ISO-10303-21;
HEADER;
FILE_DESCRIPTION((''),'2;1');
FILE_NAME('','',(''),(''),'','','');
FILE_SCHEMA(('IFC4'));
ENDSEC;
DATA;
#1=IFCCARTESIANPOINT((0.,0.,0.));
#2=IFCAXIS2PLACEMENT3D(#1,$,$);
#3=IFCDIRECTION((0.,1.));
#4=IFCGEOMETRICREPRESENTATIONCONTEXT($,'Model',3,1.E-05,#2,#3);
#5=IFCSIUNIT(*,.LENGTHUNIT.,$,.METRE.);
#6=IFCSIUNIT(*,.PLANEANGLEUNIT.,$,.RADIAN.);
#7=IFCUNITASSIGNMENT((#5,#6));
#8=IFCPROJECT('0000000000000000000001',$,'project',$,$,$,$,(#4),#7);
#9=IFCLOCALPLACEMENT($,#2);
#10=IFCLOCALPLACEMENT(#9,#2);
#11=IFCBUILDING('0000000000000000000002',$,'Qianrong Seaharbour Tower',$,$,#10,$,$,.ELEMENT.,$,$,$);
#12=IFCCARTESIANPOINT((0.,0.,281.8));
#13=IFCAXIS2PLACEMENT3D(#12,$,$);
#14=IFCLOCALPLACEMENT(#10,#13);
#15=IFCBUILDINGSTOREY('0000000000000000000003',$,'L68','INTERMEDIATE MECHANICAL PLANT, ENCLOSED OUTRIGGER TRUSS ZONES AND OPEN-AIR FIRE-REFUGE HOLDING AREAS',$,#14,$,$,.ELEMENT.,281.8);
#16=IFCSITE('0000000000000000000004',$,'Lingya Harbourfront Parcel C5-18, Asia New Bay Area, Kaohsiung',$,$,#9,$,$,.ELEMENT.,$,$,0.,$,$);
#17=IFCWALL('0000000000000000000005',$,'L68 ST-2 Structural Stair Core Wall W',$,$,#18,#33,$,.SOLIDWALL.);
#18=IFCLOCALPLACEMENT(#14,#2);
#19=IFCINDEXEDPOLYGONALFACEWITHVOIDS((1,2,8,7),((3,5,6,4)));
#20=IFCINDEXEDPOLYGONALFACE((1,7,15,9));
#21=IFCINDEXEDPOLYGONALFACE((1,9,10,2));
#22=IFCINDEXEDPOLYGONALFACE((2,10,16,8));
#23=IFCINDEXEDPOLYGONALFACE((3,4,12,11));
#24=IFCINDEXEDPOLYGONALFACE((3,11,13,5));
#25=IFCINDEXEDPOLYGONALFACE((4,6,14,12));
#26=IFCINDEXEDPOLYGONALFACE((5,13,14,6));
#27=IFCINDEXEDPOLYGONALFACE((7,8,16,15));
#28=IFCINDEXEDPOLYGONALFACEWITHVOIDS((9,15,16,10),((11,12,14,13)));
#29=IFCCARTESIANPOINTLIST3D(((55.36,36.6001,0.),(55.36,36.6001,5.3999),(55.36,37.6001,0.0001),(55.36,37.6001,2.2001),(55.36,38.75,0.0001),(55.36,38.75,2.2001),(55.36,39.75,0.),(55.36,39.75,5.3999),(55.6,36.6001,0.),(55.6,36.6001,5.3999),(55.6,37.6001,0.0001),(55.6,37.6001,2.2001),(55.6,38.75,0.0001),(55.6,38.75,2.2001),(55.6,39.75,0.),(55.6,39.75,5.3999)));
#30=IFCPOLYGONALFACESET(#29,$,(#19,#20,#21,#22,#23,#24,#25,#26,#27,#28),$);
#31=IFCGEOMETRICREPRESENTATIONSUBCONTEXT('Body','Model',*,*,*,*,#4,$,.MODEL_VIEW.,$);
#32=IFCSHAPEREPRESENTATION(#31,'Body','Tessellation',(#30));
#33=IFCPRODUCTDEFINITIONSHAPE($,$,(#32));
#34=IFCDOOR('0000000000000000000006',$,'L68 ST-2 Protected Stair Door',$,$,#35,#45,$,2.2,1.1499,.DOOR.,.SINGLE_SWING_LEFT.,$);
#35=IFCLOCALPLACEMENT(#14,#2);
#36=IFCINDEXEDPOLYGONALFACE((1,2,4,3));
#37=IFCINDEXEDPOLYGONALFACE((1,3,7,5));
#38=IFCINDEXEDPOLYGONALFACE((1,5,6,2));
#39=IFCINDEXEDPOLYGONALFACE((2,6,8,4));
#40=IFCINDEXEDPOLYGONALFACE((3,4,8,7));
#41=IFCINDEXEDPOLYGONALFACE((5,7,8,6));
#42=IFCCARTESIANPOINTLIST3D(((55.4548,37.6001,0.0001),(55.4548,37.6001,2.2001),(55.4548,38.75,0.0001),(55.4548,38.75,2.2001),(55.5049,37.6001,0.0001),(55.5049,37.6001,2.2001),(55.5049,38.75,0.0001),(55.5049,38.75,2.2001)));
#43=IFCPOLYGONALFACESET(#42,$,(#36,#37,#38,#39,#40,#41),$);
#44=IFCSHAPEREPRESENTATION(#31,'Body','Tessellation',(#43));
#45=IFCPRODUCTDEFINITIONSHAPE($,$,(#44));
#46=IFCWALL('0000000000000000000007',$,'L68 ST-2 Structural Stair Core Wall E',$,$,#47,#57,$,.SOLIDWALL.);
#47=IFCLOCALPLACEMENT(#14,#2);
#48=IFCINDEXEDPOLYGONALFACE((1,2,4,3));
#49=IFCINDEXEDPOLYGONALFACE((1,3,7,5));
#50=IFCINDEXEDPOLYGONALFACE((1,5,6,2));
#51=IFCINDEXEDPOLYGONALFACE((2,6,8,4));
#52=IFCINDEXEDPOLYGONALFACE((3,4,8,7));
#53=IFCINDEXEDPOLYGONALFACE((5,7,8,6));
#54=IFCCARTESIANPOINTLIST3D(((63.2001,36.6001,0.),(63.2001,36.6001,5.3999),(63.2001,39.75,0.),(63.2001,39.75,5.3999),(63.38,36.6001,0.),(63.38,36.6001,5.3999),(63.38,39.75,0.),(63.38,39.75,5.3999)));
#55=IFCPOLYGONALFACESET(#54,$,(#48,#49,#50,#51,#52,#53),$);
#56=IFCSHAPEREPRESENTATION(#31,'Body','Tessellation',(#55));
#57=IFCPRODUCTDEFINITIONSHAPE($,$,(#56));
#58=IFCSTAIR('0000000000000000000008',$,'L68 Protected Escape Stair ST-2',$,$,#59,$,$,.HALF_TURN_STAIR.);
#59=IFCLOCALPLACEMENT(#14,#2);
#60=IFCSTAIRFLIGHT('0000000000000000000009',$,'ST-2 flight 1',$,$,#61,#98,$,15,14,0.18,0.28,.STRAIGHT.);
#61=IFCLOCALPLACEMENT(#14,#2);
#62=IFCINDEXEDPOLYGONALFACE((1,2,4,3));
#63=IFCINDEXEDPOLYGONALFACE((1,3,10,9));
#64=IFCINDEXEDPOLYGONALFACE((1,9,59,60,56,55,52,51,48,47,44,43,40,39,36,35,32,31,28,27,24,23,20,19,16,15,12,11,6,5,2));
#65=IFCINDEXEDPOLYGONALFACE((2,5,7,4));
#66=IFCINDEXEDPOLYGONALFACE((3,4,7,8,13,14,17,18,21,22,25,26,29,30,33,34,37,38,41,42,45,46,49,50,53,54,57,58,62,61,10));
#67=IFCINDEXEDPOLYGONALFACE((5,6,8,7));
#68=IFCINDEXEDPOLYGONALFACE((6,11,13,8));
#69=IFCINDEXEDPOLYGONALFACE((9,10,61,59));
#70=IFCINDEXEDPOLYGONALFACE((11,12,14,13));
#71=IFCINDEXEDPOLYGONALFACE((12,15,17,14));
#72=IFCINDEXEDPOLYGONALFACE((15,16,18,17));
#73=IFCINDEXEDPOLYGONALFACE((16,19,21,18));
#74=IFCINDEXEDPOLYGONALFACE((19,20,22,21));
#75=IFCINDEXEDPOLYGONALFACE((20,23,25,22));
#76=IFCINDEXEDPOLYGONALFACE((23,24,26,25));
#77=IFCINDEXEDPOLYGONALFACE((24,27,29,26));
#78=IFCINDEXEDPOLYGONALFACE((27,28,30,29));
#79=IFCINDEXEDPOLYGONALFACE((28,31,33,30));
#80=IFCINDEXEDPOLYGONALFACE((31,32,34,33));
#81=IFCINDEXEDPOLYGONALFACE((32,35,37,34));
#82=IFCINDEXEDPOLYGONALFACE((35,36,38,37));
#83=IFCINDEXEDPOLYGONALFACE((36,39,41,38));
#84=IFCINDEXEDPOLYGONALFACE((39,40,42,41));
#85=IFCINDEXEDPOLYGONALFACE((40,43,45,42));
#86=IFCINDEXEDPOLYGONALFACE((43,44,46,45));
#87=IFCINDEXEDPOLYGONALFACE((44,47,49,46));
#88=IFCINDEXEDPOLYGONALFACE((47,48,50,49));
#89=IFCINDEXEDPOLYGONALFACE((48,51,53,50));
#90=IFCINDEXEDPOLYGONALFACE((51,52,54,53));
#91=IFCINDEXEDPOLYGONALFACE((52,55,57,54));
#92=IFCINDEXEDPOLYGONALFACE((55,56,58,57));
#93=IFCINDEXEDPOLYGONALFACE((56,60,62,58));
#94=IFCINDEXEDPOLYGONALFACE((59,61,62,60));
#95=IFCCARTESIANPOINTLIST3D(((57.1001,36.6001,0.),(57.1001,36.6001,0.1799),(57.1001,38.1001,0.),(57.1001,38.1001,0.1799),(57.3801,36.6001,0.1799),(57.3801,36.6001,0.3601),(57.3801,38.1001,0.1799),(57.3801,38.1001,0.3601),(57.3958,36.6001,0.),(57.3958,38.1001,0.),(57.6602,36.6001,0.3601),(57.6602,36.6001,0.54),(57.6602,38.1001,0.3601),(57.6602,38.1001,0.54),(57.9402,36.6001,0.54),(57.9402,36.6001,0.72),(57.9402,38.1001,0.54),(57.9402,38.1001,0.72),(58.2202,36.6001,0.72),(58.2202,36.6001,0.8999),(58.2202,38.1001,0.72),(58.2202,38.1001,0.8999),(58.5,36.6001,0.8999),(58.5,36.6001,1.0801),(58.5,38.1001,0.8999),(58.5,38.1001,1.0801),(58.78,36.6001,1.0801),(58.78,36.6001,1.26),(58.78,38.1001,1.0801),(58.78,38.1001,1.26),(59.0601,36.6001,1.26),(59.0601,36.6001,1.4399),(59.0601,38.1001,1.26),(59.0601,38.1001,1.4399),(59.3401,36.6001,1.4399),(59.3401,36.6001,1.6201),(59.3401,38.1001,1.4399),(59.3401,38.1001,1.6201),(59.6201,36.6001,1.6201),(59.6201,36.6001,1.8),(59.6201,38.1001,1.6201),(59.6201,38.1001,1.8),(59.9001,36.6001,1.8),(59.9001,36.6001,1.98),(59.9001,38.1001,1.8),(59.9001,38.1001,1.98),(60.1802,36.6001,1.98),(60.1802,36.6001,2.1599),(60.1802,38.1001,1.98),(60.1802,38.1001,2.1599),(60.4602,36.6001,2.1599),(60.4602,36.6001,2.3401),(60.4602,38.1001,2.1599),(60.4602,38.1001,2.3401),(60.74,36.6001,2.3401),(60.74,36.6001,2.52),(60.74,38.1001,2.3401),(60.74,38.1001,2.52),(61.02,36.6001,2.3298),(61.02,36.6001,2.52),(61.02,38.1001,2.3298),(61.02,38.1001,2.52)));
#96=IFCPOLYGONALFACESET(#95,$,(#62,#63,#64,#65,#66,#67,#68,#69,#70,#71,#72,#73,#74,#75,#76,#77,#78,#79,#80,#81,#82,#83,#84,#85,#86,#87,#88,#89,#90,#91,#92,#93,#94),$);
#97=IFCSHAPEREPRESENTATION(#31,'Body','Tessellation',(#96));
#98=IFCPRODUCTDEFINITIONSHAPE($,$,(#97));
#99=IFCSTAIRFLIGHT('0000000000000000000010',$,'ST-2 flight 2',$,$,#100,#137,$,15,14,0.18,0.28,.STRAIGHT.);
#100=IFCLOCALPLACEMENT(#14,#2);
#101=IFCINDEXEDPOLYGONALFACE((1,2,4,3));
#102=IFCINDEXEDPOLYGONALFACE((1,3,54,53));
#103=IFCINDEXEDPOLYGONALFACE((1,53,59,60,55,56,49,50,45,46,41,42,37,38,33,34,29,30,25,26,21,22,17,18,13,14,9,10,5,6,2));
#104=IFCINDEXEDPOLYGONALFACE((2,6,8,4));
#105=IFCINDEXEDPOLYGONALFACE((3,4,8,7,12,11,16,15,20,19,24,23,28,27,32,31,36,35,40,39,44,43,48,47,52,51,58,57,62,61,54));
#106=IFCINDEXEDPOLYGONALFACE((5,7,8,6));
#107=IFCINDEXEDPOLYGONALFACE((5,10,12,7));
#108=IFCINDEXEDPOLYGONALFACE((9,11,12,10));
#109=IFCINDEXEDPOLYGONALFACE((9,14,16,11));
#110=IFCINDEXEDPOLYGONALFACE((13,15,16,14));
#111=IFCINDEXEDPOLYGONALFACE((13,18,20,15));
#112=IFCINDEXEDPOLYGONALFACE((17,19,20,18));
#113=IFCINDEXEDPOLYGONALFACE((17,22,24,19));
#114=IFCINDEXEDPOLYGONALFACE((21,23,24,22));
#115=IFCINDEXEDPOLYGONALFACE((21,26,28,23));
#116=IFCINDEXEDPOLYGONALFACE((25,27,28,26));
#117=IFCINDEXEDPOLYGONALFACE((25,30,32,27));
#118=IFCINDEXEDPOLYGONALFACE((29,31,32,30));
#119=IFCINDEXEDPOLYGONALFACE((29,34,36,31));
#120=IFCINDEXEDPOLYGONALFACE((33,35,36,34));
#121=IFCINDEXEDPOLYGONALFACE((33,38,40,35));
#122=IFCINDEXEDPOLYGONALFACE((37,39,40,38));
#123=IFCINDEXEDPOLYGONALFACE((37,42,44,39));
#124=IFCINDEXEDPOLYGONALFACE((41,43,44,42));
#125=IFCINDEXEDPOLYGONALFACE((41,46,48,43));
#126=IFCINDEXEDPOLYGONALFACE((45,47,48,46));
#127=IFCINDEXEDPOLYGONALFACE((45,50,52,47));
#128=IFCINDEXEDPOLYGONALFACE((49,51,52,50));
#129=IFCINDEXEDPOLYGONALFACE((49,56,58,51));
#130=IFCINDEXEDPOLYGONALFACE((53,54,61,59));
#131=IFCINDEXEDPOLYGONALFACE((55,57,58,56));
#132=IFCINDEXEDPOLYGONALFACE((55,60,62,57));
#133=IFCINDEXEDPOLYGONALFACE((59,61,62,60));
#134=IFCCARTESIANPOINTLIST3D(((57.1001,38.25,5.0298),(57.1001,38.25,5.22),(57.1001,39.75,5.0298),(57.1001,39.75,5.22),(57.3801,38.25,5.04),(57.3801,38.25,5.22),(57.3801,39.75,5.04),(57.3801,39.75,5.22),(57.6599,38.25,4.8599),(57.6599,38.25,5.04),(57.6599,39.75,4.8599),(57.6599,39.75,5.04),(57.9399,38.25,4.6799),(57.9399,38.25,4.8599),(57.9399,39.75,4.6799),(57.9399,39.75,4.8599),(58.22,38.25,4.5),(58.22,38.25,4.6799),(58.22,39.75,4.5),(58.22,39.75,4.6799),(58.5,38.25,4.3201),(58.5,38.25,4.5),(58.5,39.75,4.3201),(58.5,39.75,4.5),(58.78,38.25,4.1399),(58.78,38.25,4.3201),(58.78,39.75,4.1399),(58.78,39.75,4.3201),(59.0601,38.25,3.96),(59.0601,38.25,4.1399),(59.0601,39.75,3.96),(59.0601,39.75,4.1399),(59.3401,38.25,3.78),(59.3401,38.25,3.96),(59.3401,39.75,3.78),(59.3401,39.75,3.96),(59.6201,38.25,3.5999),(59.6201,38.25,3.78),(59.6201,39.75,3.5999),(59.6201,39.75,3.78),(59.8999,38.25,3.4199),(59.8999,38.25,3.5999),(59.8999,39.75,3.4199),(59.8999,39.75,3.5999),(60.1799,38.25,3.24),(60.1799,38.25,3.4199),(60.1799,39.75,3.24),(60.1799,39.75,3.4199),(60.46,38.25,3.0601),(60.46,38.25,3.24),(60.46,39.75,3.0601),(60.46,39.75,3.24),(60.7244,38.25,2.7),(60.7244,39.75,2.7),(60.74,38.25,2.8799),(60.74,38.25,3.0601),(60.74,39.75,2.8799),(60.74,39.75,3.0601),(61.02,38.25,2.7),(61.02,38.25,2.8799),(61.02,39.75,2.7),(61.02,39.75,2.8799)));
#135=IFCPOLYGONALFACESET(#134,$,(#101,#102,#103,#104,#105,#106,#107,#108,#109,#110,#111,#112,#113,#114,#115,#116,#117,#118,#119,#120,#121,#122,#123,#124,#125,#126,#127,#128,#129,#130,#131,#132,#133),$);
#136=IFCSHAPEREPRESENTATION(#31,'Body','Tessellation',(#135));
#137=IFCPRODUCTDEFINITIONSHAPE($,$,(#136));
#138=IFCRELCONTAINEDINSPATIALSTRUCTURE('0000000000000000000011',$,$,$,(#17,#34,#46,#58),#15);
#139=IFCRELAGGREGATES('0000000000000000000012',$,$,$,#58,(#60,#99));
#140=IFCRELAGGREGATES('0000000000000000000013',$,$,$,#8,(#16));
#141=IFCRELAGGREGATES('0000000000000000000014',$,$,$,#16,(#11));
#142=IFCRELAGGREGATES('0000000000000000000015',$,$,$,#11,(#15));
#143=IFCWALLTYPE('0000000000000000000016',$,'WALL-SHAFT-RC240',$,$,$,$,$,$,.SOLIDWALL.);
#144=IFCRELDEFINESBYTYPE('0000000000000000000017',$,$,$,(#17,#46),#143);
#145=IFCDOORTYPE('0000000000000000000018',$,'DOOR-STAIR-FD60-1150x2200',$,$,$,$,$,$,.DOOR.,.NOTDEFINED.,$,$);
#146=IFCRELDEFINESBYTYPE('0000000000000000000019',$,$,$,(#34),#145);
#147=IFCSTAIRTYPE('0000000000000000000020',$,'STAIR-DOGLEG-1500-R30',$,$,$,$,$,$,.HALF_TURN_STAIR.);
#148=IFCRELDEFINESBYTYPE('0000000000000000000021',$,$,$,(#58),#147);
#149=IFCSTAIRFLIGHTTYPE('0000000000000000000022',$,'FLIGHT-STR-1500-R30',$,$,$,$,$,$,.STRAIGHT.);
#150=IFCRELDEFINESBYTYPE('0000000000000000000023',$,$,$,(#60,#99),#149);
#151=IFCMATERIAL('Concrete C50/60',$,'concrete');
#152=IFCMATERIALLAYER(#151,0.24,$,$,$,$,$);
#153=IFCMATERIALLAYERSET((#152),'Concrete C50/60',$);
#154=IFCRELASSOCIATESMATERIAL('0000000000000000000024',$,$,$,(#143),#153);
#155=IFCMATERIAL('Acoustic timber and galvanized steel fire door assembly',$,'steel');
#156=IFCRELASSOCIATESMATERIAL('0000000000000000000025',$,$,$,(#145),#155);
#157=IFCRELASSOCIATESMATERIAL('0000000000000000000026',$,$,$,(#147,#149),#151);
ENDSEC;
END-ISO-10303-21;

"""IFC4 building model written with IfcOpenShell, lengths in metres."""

from ifc_helpers import new_model, si_unit, direction, frame, frame_2d, origin, place, context, subcontext, project, spatial, polyline, rectangle, outline, extrude, material, layer, layer_set, type_object, element, fill, aggregate, save


model = new_model("IFC4")

# Units and contexts
model_context = context("Model", 3, precision=1e-05, world=origin(), true_north=direction((0.0, 1.0)))
body_context = subcontext(model_context, "Body", "Model", "MODEL_VIEW")
ifc_project = project(units=[si_unit("LENGTHUNIT", "METRE"), si_unit("PLANEANGLEUNIT", "RADIAN")], contexts=[model_context])

# Site, building, storey
site_placement = place(None, origin())
site = spatial("IfcSite", under=ifc_project, at=site_placement, Name="Lingya Harbourfront Parcel C5-18, Asia New Bay Area, Kaohsiung", CompositionType="ELEMENT", RefElevation=0.0)
building_placement = place(site_placement, origin())
building = spatial("IfcBuilding", under=site, at=building_placement, Name="Qianrong Seaharbour Tower", CompositionType="ELEMENT")
storey_placement = place(building_placement, frame((0.0, 0.0, 281.8)))
storey = spatial("IfcBuildingStorey", under=building, at=storey_placement, Name="L68", Description="INTERMEDIATE MECHANICAL PLANT, ENCLOSED OUTRIGGER TRUSS ZONES AND OPEN-AIR FIRE-REFUGE HOLDING AREAS", CompositionType="ELEMENT", Elevation=281.8)

# Shared definitions
ifc_material_1 = material(Name="Acoustic timber and galvanized steel fire door assembly", Category="steel")

# Shared definitions
ifc_material_2 = material(Name="Concrete C50/60", Category="concrete")
ifc_layer_1 = layer(ifc_material_2, 0.24)
ifc_layer_set_1 = layer_set([ifc_layer_1], Name="Concrete C50/60")
wall_type_1 = type_object("IfcWallType", Name="WALL-SHAFT-RC240", PredefinedType="SOLIDWALL", material=ifc_layer_set_1)

# Wall, opening, door
wall_1_placement = place(storey_placement, frame((55.48, 39.75, 0.0), z_axis=(0.0, 0.0, 1.0), x_axis=(0.0, -1.0, 0.0)))
wall_1 = element("IfcWall", 1, at=wall_1_placement, inside=storey, type_object=wall_type_1, Name="L68 ST-2 Structural Stair Core Wall W", PredefinedType="SOLIDWALL", context=body_context, shape_type="SweptSolid", body=[
    extrude(rectangle(XDim=3.1499, YDim=0.24, at=frame_2d((1.575, 0.0))), origin(), (0.0, 0.0, 1.0), 5.3999),
])
opening_1_placement = place(wall_1_placement, frame((1.0, 0.0, 0.0)))
opening_1 = element("IfcOpeningElement", 2, at=opening_1_placement, cuts=wall_1, PredefinedType="OPENING", context=body_context, shape_type="SweptSolid", body=[
    extrude(rectangle(XDim=1.1499, YDim=2.2, at=frame_2d((0.575, 1.1001))), frame((0.0, 0.1299, 0.0), z_axis=(0.0, -1.0, 0.0), x_axis=(1.0, 0.0, 0.0)), (0.0, 0.0, 1.0), 0.26),
])
door_type_1 = type_object("IfcDoorType", Name="DOOR-STAIR-FD60-1150x2200", OperationType="NOTDEFINED", PredefinedType="DOOR", material=ifc_material_1)
door_1_placement = place(opening_1_placement, origin())
door_1 = element("IfcDoor", 3, at=door_1_placement, inside=storey, type_object=door_type_1, Name="L68 ST-2 Protected Stair Door", OperationType="SINGLE_SWING_LEFT", OverallHeight=2.2, OverallWidth=1.1499, PredefinedType="DOOR", context=body_context, shape_type="SweptSolid", body=[
    extrude(rectangle(XDim=1.1499, YDim=2.2, at=frame_2d((0.575, 1.1001))), frame((0.0, 0.0249, 0.0), z_axis=(0.0, -1.0, 0.0), x_axis=(1.0, 0.0, 0.0)), (0.0, 0.0, 1.0), 0.05),
])
fill(opening_1, door_1)

# Wall
wall_2_placement = place(storey_placement, frame((63.29, 36.6001, 0.0), z_axis=(0.0, 0.0, 1.0), x_axis=(0.0, 1.0, 0.0)))
element("IfcWall", 4, at=wall_2_placement, inside=storey, type_object=wall_type_1, Name="L68 ST-2 Structural Stair Core Wall E", PredefinedType="SOLIDWALL", context=body_context, shape_type="SweptSolid", body=[
    extrude(rectangle(XDim=3.1499, YDim=0.1799, at=frame_2d((1.575, 0.0))), origin(), (0.0, 0.0, 1.0), 5.3999),
])

# Stair, stair flights
stair_type = type_object("IfcStairType", Name="STAIR-DOGLEG-1500-R30", PredefinedType="HALF_TURN_STAIR", material=ifc_material_2)
stair_placement = place(storey_placement, origin())
stair = element("IfcStair", 5, at=stair_placement, inside=storey, type_object=stair_type, Name="L68 Protected Escape Stair ST-2", PredefinedType="HALF_TURN_STAIR")
stair_flight_type = type_object("IfcStairFlightType", Name="FLIGHT-STR-1500-R30", PredefinedType="STRAIGHT", material=ifc_material_2)
stair_flight_1_placement = place(storey_placement, frame((57.1001, 37.3501, 0.0), z_axis=(0.0, 0.0, 1.0), x_axis=(1.0, 0.0, 0.0)))
stair_flight_1 = element("IfcStairFlight", 6, at=stair_flight_1_placement, type_object=stair_flight_type, Name="ST-2 flight 1", NumberOfRisers=15, NumberOfTreads=14, PredefinedType="STRAIGHT", RiserHeight=0.18, TreadLength=0.28, context=body_context, shape_type="SweptSolid", body=[
    extrude(outline(polyline([(0.0, 0.0), (0.0, 0.1799), (0.28, 0.1799), (0.28, 0.3601), (0.5601, 0.3601), (0.5601, 0.54), (0.8401, 0.54), (0.8401, 0.72), (1.1201, 0.72), (1.1201, 0.8999), (1.3999, 0.8999), (1.3999, 1.0801), (1.6799, 1.0801), (1.6799, 1.26), (1.96, 1.26), (1.96, 1.4399), (2.24, 1.4399), (2.24, 1.6201), (2.52, 1.6201), (2.52, 1.8), (2.8, 1.8), (2.8, 1.98), (3.0801, 1.98), (3.0801, 2.1599), (3.3601, 2.1599), (3.3601, 2.3401), (3.6399, 2.3401), (3.6399, 2.52), (3.9199, 2.52), (3.9199, 2.7), (3.9199, 2.3298), (0.2957, 0.0), (0.0, 0.0)])), frame((0.0, 0.75, 0.0), z_axis=(0.0, -1.0, 0.0), x_axis=(1.0, 0.0, 0.0)), (0.0, 0.0, 1.0), 1.5),
])
stair_flight_2_placement = place(storey_placement, frame((61.02, 39.0, 2.7), z_axis=(0.0, 0.0, 1.0), x_axis=(-1.0, 0.0, 0.0)))
stair_flight_2 = element("IfcStairFlight", 7, at=stair_flight_2_placement, type_object=stair_flight_type, Name="ST-2 flight 2", NumberOfRisers=15, NumberOfTreads=14, PredefinedType="STRAIGHT", RiserHeight=0.18, TreadLength=0.28, context=body_context, shape_type="SweptSolid", body=[
    extrude(outline(polyline([(0.0, 0.0), (0.0, 0.1799), (0.28, 0.1799), (0.28, 0.3601), (0.5601, 0.3601), (0.5601, 0.54), (0.8401, 0.54), (0.8401, 0.72), (1.1201, 0.72), (1.1201, 0.8999), (1.3999, 0.8999), (1.3999, 1.0801), (1.6799, 1.0801), (1.6799, 1.26), (1.96, 1.26), (1.96, 1.4399), (2.24, 1.4399), (2.24, 1.6201), (2.52, 1.6201), (2.52, 1.8), (2.8, 1.8), (2.8, 1.98), (3.0801, 1.98), (3.0801, 2.1599), (3.3601, 2.1599), (3.3601, 2.3401), (3.6399, 2.3401), (3.6399, 2.52), (3.9199, 2.52), (3.9199, 2.7), (3.9199, 2.3298), (0.2957, 0.0), (0.0, 0.0)])), frame((0.0, 0.75, 0.0), z_axis=(0.0, -1.0, 0.0), x_axis=(1.0, 0.0, 0.0)), (0.0, 0.0, 1.0), 1.5),
])
aggregate(stair, [stair_flight_1, stair_flight_2])

save(model, "model.ifc")
